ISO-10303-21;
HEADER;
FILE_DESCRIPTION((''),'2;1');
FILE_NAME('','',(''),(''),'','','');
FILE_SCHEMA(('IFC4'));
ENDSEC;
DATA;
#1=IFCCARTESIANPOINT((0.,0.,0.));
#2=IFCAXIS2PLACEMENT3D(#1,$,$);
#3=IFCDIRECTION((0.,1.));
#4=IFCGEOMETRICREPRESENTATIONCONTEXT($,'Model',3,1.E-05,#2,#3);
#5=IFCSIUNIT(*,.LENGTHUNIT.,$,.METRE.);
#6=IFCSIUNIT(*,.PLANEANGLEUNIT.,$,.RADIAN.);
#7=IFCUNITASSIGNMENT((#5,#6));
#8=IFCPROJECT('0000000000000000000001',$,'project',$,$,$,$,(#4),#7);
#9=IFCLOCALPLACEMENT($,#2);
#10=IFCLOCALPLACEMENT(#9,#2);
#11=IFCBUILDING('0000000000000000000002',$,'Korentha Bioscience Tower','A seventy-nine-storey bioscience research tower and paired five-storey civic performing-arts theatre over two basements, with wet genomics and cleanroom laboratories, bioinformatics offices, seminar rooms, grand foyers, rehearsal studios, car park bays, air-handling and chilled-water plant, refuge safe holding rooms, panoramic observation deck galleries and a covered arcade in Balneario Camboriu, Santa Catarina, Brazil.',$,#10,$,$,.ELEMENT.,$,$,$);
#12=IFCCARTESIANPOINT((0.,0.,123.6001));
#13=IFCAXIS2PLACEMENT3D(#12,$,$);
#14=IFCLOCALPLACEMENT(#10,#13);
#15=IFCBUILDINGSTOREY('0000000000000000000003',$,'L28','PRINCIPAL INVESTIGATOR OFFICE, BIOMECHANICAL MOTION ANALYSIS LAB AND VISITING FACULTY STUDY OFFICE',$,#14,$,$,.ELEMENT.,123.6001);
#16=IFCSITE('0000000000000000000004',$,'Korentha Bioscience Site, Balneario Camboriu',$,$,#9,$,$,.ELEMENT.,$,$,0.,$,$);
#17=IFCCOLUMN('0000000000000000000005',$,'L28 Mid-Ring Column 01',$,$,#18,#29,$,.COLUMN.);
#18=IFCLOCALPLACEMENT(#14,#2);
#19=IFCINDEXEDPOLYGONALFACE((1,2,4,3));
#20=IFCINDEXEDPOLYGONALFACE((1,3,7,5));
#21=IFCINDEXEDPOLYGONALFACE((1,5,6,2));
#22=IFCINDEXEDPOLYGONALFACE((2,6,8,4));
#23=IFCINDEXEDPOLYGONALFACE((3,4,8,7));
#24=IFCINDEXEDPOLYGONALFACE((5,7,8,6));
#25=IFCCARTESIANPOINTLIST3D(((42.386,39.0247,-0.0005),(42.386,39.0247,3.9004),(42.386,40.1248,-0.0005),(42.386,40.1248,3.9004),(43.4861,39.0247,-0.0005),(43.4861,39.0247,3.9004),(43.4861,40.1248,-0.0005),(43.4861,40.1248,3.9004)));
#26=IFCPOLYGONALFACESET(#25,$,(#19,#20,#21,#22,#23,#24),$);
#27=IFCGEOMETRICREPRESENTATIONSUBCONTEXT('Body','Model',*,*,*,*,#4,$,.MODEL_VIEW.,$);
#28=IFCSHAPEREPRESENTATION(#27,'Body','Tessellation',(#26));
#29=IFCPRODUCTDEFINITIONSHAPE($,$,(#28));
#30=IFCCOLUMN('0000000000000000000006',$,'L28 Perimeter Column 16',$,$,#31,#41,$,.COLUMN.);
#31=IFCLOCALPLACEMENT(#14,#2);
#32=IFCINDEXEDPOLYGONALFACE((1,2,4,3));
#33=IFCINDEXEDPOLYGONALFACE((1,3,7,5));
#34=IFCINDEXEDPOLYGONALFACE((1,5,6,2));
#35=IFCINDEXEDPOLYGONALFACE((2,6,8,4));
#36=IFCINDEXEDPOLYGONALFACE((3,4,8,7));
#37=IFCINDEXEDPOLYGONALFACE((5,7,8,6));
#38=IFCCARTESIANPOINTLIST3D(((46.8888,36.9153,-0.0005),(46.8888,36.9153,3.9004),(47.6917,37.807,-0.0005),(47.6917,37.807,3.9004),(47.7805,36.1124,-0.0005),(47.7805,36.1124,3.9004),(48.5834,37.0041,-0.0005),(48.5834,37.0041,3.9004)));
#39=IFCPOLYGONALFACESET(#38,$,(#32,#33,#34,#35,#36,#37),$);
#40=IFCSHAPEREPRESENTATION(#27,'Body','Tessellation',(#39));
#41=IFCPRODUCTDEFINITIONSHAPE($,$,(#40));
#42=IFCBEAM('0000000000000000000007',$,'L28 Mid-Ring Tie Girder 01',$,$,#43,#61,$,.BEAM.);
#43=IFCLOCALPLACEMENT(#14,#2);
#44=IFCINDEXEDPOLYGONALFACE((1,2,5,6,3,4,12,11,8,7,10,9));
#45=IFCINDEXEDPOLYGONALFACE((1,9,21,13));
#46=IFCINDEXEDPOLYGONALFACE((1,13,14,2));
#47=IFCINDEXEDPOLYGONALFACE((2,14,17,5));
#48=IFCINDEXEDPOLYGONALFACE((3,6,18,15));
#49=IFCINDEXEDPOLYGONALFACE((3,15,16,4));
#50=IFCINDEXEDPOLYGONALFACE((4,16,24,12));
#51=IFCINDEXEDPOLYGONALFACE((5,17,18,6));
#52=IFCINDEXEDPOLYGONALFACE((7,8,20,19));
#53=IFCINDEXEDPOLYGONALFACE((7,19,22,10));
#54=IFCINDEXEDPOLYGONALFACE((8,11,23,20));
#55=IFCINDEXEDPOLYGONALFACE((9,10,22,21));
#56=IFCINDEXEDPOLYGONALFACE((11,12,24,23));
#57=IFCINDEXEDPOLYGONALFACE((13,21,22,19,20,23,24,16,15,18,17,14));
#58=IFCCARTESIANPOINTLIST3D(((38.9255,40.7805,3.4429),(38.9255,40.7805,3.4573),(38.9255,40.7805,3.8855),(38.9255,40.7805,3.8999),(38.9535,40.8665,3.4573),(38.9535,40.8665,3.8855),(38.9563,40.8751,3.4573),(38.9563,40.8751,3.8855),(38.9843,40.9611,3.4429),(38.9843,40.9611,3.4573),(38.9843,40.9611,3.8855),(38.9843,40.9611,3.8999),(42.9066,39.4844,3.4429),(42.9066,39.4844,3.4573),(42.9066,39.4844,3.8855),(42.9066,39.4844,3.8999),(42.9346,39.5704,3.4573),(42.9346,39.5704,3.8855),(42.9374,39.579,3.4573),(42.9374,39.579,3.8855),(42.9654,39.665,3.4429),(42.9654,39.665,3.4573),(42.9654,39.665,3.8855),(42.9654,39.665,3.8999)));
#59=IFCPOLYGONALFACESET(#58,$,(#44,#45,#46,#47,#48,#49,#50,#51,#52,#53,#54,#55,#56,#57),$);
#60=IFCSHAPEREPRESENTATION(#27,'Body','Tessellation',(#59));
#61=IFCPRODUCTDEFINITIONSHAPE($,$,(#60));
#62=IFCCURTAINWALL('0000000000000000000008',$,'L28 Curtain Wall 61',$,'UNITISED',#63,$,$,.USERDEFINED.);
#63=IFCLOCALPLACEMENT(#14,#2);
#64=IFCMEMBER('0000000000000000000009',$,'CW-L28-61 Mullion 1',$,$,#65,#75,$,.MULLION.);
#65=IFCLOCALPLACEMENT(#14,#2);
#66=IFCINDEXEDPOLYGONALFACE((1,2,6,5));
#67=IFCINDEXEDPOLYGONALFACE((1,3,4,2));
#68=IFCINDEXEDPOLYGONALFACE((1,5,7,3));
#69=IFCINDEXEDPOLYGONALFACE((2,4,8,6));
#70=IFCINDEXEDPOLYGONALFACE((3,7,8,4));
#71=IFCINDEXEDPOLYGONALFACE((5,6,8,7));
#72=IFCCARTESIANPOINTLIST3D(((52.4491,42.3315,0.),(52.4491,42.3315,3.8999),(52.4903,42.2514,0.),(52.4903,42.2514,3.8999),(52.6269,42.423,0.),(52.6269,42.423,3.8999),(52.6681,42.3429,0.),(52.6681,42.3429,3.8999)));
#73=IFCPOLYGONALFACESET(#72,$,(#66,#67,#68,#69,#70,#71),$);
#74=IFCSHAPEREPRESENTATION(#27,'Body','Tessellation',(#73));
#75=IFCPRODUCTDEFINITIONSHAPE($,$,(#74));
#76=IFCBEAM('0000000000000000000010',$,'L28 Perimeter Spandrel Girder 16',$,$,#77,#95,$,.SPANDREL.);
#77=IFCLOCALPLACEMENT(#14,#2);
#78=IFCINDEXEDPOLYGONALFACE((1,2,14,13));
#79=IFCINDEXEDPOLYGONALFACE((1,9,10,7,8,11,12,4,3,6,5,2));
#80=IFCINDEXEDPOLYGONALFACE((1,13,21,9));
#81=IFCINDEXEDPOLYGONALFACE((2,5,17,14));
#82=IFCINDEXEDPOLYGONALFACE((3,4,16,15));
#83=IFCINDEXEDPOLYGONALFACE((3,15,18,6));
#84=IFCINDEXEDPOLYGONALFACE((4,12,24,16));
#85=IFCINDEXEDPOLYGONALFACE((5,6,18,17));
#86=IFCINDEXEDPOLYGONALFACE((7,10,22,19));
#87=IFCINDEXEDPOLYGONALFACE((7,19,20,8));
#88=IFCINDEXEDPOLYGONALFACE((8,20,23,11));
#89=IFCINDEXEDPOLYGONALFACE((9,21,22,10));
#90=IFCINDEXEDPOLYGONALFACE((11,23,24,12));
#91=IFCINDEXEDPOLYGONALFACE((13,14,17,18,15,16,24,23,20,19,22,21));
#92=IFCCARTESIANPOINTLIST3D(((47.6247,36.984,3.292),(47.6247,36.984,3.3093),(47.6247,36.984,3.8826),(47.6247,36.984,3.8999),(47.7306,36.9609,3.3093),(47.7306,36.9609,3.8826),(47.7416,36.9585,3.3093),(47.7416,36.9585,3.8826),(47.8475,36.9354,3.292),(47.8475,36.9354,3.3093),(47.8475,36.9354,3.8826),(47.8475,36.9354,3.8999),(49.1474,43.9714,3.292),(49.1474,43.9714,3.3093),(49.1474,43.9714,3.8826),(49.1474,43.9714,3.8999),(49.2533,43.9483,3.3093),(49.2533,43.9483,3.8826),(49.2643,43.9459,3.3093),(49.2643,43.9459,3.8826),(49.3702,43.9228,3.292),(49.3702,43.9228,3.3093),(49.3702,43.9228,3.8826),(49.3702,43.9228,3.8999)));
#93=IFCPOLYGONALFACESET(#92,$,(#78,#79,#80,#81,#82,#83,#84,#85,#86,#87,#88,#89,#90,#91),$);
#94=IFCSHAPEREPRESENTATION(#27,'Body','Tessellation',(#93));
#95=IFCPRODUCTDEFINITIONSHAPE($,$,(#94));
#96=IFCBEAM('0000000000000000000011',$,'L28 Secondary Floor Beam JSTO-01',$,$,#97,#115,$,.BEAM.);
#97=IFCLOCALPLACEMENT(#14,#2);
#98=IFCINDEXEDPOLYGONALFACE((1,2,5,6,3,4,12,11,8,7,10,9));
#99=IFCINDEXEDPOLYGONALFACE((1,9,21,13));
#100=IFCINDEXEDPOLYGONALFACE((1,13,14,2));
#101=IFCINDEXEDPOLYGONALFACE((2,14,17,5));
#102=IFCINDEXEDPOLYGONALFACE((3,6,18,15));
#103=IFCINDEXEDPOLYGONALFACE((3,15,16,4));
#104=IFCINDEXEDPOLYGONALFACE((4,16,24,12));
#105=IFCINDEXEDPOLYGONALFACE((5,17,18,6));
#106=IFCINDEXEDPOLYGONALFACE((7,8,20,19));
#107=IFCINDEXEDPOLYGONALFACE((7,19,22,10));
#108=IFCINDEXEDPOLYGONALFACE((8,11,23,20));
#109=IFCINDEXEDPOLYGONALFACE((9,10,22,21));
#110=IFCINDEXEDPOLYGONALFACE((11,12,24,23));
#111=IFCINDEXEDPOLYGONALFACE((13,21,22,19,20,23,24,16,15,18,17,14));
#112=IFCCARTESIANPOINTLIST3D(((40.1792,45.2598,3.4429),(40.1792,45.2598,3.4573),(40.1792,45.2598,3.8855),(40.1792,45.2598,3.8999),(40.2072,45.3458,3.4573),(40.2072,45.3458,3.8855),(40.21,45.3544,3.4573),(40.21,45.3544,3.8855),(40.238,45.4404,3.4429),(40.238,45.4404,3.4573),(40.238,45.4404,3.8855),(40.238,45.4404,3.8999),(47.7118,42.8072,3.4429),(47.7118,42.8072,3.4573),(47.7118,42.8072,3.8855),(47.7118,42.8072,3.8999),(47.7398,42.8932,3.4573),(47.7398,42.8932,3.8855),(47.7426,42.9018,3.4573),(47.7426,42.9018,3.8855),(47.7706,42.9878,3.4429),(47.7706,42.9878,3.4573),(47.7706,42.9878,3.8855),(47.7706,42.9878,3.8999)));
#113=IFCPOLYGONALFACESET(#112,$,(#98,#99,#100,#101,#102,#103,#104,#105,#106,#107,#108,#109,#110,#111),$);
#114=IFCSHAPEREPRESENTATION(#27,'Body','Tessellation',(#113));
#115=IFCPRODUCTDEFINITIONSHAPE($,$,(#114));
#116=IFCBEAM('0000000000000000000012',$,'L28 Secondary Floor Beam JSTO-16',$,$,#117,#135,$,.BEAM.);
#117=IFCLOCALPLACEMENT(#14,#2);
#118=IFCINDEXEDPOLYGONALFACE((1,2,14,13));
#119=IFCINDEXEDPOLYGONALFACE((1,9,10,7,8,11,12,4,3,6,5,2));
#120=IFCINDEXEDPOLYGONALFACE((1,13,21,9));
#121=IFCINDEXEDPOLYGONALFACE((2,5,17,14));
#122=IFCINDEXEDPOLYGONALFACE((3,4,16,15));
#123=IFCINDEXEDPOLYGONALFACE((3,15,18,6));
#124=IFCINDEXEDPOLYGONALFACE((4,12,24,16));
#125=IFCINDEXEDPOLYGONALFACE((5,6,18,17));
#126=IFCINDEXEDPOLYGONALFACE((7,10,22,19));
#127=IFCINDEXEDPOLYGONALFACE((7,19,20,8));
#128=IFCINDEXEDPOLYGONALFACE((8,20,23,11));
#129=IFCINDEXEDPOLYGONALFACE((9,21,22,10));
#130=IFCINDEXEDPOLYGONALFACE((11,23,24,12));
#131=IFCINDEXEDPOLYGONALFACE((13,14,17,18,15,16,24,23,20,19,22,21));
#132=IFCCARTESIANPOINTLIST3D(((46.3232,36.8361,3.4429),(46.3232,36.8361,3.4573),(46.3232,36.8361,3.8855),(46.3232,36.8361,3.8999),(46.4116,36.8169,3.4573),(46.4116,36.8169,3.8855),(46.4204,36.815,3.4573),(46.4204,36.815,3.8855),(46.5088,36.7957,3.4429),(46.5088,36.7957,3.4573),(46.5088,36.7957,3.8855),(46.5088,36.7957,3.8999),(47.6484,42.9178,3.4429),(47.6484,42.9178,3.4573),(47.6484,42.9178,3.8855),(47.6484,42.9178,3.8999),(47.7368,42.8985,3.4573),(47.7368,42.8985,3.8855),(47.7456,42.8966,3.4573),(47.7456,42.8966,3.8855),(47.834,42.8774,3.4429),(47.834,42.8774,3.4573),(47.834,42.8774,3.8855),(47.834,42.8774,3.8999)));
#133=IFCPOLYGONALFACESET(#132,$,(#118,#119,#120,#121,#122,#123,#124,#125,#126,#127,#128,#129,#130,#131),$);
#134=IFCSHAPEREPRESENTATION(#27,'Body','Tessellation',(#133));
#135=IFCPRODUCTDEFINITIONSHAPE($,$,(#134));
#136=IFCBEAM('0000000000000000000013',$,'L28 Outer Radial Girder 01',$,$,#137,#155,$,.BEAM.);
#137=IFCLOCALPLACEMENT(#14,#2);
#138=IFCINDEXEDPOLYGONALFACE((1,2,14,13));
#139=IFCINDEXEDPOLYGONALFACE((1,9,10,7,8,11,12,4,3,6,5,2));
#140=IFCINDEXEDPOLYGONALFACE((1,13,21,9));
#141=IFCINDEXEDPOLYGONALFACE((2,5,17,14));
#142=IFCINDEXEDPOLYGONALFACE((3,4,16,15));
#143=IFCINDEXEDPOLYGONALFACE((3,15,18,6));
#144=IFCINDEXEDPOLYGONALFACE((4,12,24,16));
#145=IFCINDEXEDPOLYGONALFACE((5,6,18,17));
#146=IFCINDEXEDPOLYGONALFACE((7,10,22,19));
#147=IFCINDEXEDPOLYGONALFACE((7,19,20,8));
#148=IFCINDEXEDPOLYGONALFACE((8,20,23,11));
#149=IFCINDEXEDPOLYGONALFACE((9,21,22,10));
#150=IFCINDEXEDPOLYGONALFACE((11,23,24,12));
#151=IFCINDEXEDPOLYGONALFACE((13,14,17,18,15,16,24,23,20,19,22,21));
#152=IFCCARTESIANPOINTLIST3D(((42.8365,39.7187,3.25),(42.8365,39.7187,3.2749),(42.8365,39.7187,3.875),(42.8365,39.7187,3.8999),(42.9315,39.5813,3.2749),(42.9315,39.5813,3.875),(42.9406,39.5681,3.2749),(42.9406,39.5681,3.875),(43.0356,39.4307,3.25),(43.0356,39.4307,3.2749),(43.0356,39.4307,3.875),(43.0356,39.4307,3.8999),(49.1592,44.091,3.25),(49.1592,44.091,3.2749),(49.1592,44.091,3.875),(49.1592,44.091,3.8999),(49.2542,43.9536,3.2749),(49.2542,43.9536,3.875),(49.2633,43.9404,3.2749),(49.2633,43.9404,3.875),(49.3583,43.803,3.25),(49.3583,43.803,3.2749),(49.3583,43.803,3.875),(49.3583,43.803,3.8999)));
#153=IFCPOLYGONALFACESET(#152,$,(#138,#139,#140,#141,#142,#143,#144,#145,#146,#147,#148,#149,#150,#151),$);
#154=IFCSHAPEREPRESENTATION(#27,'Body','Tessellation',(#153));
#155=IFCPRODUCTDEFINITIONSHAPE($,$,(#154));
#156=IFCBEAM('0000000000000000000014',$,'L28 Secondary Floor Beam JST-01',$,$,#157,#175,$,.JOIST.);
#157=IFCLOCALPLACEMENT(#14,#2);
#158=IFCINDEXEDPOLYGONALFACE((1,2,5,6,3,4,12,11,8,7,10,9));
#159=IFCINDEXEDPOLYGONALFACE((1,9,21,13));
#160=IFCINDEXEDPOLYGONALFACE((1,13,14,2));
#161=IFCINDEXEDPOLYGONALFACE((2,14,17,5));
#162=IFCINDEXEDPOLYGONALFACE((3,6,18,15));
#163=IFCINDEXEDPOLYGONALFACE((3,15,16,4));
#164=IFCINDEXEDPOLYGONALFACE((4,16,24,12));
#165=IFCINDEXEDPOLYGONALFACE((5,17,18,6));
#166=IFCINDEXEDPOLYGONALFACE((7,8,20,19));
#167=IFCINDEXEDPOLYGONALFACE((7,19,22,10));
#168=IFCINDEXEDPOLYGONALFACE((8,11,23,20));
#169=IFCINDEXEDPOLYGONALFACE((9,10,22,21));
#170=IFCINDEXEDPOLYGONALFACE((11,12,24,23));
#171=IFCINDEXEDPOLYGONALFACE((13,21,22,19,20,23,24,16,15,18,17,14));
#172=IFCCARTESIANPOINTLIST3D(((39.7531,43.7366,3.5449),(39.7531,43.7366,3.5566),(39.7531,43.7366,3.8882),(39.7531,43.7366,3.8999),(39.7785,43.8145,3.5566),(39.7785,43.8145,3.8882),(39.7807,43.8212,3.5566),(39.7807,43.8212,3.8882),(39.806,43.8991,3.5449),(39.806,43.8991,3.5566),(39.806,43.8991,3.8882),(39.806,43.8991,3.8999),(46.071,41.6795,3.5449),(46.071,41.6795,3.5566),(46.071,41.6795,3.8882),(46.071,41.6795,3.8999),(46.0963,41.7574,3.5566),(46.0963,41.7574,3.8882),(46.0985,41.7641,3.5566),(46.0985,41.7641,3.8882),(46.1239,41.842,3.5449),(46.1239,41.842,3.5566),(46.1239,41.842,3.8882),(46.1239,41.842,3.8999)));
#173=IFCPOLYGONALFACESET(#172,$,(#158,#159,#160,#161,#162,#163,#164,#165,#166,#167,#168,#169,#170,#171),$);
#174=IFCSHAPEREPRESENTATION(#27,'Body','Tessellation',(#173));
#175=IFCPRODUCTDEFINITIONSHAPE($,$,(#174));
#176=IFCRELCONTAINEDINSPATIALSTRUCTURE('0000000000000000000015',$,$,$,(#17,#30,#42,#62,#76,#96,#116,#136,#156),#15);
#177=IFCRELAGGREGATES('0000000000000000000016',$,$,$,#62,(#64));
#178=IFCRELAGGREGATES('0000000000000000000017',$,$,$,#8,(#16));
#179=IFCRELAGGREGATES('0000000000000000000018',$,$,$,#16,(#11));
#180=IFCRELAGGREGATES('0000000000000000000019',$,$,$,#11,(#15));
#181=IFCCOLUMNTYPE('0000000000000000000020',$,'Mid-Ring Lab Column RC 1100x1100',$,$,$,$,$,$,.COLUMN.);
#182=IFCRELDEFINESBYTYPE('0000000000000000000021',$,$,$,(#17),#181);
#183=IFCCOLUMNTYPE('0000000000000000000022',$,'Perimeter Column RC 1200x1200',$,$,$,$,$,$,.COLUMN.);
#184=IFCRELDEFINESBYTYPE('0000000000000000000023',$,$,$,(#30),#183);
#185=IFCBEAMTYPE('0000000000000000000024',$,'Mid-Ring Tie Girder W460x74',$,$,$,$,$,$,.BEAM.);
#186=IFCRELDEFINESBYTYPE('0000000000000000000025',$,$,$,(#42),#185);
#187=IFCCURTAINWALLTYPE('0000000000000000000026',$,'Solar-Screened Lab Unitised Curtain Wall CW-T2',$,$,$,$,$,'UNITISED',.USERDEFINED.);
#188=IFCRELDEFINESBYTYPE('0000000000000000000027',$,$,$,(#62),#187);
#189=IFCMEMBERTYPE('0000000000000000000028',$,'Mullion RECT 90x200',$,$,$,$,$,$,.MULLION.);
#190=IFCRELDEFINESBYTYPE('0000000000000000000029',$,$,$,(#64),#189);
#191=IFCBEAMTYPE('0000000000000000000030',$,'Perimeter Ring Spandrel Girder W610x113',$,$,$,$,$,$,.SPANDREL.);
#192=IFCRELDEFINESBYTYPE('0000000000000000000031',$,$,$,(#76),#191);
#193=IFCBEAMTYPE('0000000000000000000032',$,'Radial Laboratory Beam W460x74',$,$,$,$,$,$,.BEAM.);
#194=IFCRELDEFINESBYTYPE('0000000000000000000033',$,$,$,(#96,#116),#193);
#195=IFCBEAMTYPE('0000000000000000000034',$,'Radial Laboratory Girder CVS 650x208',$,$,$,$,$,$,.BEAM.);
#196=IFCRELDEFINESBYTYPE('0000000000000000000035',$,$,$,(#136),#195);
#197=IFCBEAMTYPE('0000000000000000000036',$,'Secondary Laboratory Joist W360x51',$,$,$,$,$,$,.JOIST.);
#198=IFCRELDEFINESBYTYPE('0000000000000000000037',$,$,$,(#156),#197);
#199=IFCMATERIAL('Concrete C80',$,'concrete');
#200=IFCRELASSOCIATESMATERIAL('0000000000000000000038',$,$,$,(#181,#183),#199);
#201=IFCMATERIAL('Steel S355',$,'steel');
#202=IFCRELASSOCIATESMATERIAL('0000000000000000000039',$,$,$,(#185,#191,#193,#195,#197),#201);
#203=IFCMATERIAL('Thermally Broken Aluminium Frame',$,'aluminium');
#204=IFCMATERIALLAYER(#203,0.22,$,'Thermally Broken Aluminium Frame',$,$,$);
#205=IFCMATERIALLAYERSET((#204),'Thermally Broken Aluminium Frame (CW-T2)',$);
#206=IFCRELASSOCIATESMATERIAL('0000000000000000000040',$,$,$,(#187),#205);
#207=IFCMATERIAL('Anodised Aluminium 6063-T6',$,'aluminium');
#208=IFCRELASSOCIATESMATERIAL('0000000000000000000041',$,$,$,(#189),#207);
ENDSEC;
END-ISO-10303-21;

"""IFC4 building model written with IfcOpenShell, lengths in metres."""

from ifc_helpers import new_model, si_unit, direction, frame, origin, origin_2d, place, context, subcontext, project, spatial, rectangle, i_section, extrude, material, layer, layer_set, material_profile, profile_set, type_object, element, aggregate, save


model = new_model("IFC4")

# Units and contexts
model_context = context("Model", 3, precision=1e-05, world=origin(), true_north=direction((0.0, 1.0)))
body_context = subcontext(model_context, "Body", "Model", "MODEL_VIEW")
ifc_project = project(units=[si_unit("LENGTHUNIT", "METRE"), si_unit("PLANEANGLEUNIT", "RADIAN")], contexts=[model_context])

# Site, building, storey
site_placement = place(None, origin())
site = spatial("IfcSite", under=ifc_project, at=site_placement, Name="Korentha Bioscience Site, Balneario Camboriu", CompositionType="ELEMENT", RefElevation=0.0)
building_placement = place(site_placement, origin())
building = spatial("IfcBuilding", under=site, at=building_placement, Name="Korentha Bioscience Tower", Description="A seventy-nine-storey bioscience research tower and paired five-storey civic performing-arts theatre over two basements, with wet genomics and cleanroom laboratories, bioinformatics offices, seminar rooms, grand foyers, rehearsal studios, car park bays, air-handling and chilled-water plant, refuge safe holding rooms, panoramic observation deck galleries and a covered arcade in Balneario Camboriu, Santa Catarina, Brazil.", CompositionType="ELEMENT")
storey_placement = place(building_placement, frame((0.0, 0.0, 123.6001)))
storey = spatial("IfcBuildingStorey", under=building, at=storey_placement, Name="L28", Description="PRINCIPAL INVESTIGATOR OFFICE, BIOMECHANICAL MOTION ANALYSIS LAB AND VISITING FACULTY STUDY OFFICE", CompositionType="ELEMENT", Elevation=123.6001)

# Columns
ifc_material_1 = material(Name="Concrete C80", Category="concrete")
ifc_material_profile_1 = material_profile(ifc_material_1, rectangle(XDim=1.1001, YDim=1.1001, at=origin_2d()), Name="Concrete C80")
ifc_profile_set_1 = profile_set([ifc_material_profile_1], Name="Concrete C80 (COL-MR11)")
column_type_1 = type_object("IfcColumnType", Name="Mid-Ring Lab Column RC 1100x1100", PredefinedType="COLUMN", material=ifc_profile_set_1)
column_1_placement = place(storey_placement, frame((42.936, 39.5747, -0.0005), z_axis=(0.0, 0.0, 1.0), x_axis=(1.0, 0.0, 0.0)))
element("IfcColumn", 1, at=column_1_placement, inside=storey, type_object=column_type_1, Name="L28 Mid-Ring Column 01", PredefinedType="COLUMN", context=body_context, shape_type="SweptSolid", body=[
    extrude(rectangle(XDim=1.1001, YDim=1.1001, at=origin_2d()), origin(), (0.0, 0.0, 1.0), 3.9009),
])
ifc_material_profile_2 = material_profile(ifc_material_1, rectangle(XDim=1.2, YDim=1.2, at=origin_2d()), Name="Concrete C80")
ifc_profile_set_2 = profile_set([ifc_material_profile_2], Name="Concrete C80 (COL-P12)")
column_type_2 = type_object("IfcColumnType", Name="Perimeter Column RC 1200x1200", PredefinedType="COLUMN", material=ifc_profile_set_2)
column_2_placement = place(storey_placement, frame((47.7361, 36.9597, -0.0005), z_axis=(0.0, 0.0, 1.0), x_axis=(0.669131, 0.743145, 0.0)))
element("IfcColumn", 2, at=column_2_placement, inside=storey, type_object=column_type_2, Name="L28 Perimeter Column 16", PredefinedType="COLUMN", context=body_context, shape_type="SweptSolid", body=[
    extrude(rectangle(XDim=1.2, YDim=1.2, at=origin_2d()), origin(), (0.0, 0.0, 1.0), 3.9009),
])

# Beam
ifc_material_2 = material(Name="Steel S355", Category="steel")
ifc_material_profile_3 = material_profile(ifc_material_2, i_section(OverallWidth=0.1899, OverallDepth=0.457, WebThickness=0.009, FlangeThickness=0.0144, at=origin_2d()), Name="Steel S355")
ifc_profile_set_3 = profile_set([ifc_material_profile_3], Name="Steel S355 (MB-460)")
beam_type_1 = type_object("IfcBeamType", Name="Mid-Ring Tie Girder W460x74", PredefinedType="BEAM", material=ifc_profile_set_3)
beam_1_placement = place(storey_placement, frame((42.936, 39.5747, 3.6714), z_axis=(-0.950876, 0.309573, 0.0), x_axis=(-0.309573, -0.950876, 0.0)))
element("IfcBeam", 3, at=beam_1_placement, inside=storey, type_object=beam_type_1, Name="L28 Mid-Ring Tie Girder 01", PredefinedType="BEAM", context=body_context, shape_type="SweptSolid", body=[
    extrude(i_section(OverallWidth=0.1899, OverallDepth=0.457, WebThickness=0.009, FlangeThickness=0.0144, at=origin_2d()), origin(), (0.0, 0.0, 1.0), 4.1868),
])

# Curtain wall, member
ifc_material_3 = material(Name="Thermally Broken Aluminium Frame", Category="aluminium")
ifc_layer_1 = layer(ifc_material_3, 0.22, Name="Thermally Broken Aluminium Frame")
ifc_layer_set_1 = layer_set([ifc_layer_1], Name="Thermally Broken Aluminium Frame (CW-T2)")
curtain_wall_type = type_object("IfcCurtainWallType", Name="Solar-Screened Lab Unitised Curtain Wall CW-T2", ElementType="UNITISED", PredefinedType="USERDEFINED", material=ifc_layer_set_1)
curtain_wall_placement = place(storey_placement, origin())
curtain_wall = element("IfcCurtainWall", 4, at=curtain_wall_placement, inside=storey, type_object=curtain_wall_type, Name="L28 Curtain Wall 61", ObjectType="UNITISED", PredefinedType="USERDEFINED")
ifc_material_4 = material(Name="Anodised Aluminium 6063-T6", Category="aluminium")
ifc_material_profile_4 = material_profile(ifc_material_4, rectangle(XDim=0.0901, YDim=0.2, at=origin_2d()), Name="Anodised Aluminium 6063-T6")
ifc_profile_set_4 = profile_set([ifc_material_profile_4], Name="Anodised Aluminium 6063-T6 (CW-MUL)")
member_type_1 = type_object("IfcMemberType", Name="Mullion RECT 90x200", PredefinedType="MULLION", material=ifc_profile_set_4)
member_1_placement = place(storey_placement, frame((52.5586, 42.3372, 0.0), z_axis=(0.0, 0.0, 1.0), x_axis=(-0.457613, 0.889151, 0.0)))
member_1 = element("IfcMember", 5, at=member_1_placement, type_object=member_type_1, Name="CW-L28-61 Mullion 1", PredefinedType="MULLION", context=body_context, shape_type="SweptSolid", body=[
    extrude(rectangle(XDim=0.0901, YDim=0.2, at=origin_2d()), origin(), (0.0, 0.0, 1.0), 3.8999),
])

# Beams
ifc_material_profile_5 = material_profile(ifc_material_2, i_section(OverallWidth=0.228, OverallDepth=0.6079, WebThickness=0.0112, FlangeThickness=0.0173, at=origin_2d()), Name="Steel S355")
ifc_profile_set_5 = profile_set([ifc_material_profile_5], Name="Steel S355 (SB-610)")
beam_type_2 = type_object("IfcBeamType", Name="Perimeter Ring Spandrel Girder W610x113", PredefinedType="SPANDREL", material=ifc_profile_set_5)
beam_2_placement = place(storey_placement, frame((47.7361, 36.9597, 3.5959), z_axis=(0.212927, 0.977068, 0.0), x_axis=(-0.977068, 0.212927, 0.0)))
element("IfcBeam", 6, at=beam_2_placement, inside=storey, type_object=beam_type_2, Name="L28 Perimeter Spandrel Girder 16", PredefinedType="SPANDREL", context=body_context, shape_type="SweptSolid", body=[
    extrude(i_section(OverallWidth=0.228, OverallDepth=0.6079, WebThickness=0.0112, FlangeThickness=0.0173, at=origin_2d()), origin(), (0.0, 0.0, 1.0), 7.1514),
])
ifc_material_profile_6 = material_profile(ifc_material_2, i_section(OverallWidth=0.1899, OverallDepth=0.457, WebThickness=0.009, FlangeThickness=0.0144, at=origin_2d()), Name="Steel S355")
ifc_profile_set_6 = profile_set([ifc_material_profile_6], Name="Steel S355 (RB-460)")
beam_type_3 = type_object("IfcBeamType", Name="Radial Laboratory Beam W460x74", PredefinedType="BEAM", material=ifc_profile_set_6)
beam_3_placement = place(storey_placement, frame((47.7412, 42.8975, 3.6714), z_axis=(-0.950867, 0.3096, 0.0), x_axis=(-0.3096, -0.950867, 0.0)))
element("IfcBeam", 7, at=beam_3_placement, inside=storey, type_object=beam_type_3, Name="L28 Secondary Floor Beam JSTO-01", PredefinedType="BEAM", context=body_context, shape_type="SweptSolid", body=[
    extrude(i_section(OverallWidth=0.1899, OverallDepth=0.457, WebThickness=0.009, FlangeThickness=0.0144, at=origin_2d()), origin(), (0.0, 0.0, 1.0), 7.9219),
])
beam_4_placement = place(storey_placement, frame((46.416, 36.8159, 3.6714), z_axis=(0.212908, 0.977072, 0.0), x_axis=(-0.977072, 0.212908, 0.0)))
element("IfcBeam", 8, at=beam_4_placement, inside=storey, type_object=beam_type_3, Name="L28 Secondary Floor Beam JSTO-16", PredefinedType="BEAM", context=body_context, shape_type="SweptSolid", body=[
    extrude(i_section(OverallWidth=0.1899, OverallDepth=0.457, WebThickness=0.009, FlangeThickness=0.0144, at=origin_2d()), origin(), (0.0, 0.0, 1.0), 6.2244),
])
ifc_material_profile_7 = material_profile(ifc_material_2, i_section(OverallWidth=0.3501, OverallDepth=0.6499, WebThickness=0.0161, FlangeThickness=0.0249, at=origin_2d()), Name="Steel S355")
ifc_profile_set_7 = profile_set([ifc_material_profile_7], Name="Steel S355 (RB-650)")
beam_type_4 = type_object("IfcBeamType", Name="Radial Laboratory Girder CVS 650x208", PredefinedType="BEAM", material=ifc_profile_set_7)
beam_5_placement = place(storey_placement, frame((42.936, 39.5747, 3.575), z_axis=(0.822495, 0.568772, 0.0), x_axis=(-0.568772, 0.822495, 0.0)))
element("IfcBeam", 9, at=beam_5_placement, inside=storey, type_object=beam_type_4, Name="L28 Outer Radial Girder 01", PredefinedType="BEAM", context=body_context, shape_type="SweptSolid", body=[
    extrude(i_section(OverallWidth=0.3501, OverallDepth=0.6499, WebThickness=0.0161, FlangeThickness=0.0249, at=origin_2d()), origin(), (0.0, 0.0, 1.0), 7.6873),
])
ifc_material_profile_8 = material_profile(ifc_material_2, i_section(OverallWidth=0.1709, OverallDepth=0.355, WebThickness=0.0071, FlangeThickness=0.0117, at=origin_2d()), Name="Steel S355")
ifc_profile_set_8 = profile_set([ifc_material_profile_8], Name="Steel S355 (JB-360)")
beam_type_5 = type_object("IfcBeamType", Name="Secondary Laboratory Joist W360x51", PredefinedType="JOIST", material=ifc_profile_set_8)
beam_6_placement = place(storey_placement, frame((46.0974, 41.7607, 3.7224), z_axis=(-0.950865, 0.309606, 0.0), x_axis=(-0.309606, -0.950865, 0.0)))
element("IfcBeam", 10, at=beam_6_placement, inside=storey, type_object=beam_type_5, Name="L28 Secondary Floor Beam JST-01", PredefinedType="JOIST", context=body_context, shape_type="SweptSolid", body=[
    extrude(i_section(OverallWidth=0.1709, OverallDepth=0.355, WebThickness=0.0071, FlangeThickness=0.0117, at=origin_2d()), origin(), (0.0, 0.0, 1.0), 6.6443),
])

aggregate(curtain_wall, [member_1])

save(model, "model.ifc")
